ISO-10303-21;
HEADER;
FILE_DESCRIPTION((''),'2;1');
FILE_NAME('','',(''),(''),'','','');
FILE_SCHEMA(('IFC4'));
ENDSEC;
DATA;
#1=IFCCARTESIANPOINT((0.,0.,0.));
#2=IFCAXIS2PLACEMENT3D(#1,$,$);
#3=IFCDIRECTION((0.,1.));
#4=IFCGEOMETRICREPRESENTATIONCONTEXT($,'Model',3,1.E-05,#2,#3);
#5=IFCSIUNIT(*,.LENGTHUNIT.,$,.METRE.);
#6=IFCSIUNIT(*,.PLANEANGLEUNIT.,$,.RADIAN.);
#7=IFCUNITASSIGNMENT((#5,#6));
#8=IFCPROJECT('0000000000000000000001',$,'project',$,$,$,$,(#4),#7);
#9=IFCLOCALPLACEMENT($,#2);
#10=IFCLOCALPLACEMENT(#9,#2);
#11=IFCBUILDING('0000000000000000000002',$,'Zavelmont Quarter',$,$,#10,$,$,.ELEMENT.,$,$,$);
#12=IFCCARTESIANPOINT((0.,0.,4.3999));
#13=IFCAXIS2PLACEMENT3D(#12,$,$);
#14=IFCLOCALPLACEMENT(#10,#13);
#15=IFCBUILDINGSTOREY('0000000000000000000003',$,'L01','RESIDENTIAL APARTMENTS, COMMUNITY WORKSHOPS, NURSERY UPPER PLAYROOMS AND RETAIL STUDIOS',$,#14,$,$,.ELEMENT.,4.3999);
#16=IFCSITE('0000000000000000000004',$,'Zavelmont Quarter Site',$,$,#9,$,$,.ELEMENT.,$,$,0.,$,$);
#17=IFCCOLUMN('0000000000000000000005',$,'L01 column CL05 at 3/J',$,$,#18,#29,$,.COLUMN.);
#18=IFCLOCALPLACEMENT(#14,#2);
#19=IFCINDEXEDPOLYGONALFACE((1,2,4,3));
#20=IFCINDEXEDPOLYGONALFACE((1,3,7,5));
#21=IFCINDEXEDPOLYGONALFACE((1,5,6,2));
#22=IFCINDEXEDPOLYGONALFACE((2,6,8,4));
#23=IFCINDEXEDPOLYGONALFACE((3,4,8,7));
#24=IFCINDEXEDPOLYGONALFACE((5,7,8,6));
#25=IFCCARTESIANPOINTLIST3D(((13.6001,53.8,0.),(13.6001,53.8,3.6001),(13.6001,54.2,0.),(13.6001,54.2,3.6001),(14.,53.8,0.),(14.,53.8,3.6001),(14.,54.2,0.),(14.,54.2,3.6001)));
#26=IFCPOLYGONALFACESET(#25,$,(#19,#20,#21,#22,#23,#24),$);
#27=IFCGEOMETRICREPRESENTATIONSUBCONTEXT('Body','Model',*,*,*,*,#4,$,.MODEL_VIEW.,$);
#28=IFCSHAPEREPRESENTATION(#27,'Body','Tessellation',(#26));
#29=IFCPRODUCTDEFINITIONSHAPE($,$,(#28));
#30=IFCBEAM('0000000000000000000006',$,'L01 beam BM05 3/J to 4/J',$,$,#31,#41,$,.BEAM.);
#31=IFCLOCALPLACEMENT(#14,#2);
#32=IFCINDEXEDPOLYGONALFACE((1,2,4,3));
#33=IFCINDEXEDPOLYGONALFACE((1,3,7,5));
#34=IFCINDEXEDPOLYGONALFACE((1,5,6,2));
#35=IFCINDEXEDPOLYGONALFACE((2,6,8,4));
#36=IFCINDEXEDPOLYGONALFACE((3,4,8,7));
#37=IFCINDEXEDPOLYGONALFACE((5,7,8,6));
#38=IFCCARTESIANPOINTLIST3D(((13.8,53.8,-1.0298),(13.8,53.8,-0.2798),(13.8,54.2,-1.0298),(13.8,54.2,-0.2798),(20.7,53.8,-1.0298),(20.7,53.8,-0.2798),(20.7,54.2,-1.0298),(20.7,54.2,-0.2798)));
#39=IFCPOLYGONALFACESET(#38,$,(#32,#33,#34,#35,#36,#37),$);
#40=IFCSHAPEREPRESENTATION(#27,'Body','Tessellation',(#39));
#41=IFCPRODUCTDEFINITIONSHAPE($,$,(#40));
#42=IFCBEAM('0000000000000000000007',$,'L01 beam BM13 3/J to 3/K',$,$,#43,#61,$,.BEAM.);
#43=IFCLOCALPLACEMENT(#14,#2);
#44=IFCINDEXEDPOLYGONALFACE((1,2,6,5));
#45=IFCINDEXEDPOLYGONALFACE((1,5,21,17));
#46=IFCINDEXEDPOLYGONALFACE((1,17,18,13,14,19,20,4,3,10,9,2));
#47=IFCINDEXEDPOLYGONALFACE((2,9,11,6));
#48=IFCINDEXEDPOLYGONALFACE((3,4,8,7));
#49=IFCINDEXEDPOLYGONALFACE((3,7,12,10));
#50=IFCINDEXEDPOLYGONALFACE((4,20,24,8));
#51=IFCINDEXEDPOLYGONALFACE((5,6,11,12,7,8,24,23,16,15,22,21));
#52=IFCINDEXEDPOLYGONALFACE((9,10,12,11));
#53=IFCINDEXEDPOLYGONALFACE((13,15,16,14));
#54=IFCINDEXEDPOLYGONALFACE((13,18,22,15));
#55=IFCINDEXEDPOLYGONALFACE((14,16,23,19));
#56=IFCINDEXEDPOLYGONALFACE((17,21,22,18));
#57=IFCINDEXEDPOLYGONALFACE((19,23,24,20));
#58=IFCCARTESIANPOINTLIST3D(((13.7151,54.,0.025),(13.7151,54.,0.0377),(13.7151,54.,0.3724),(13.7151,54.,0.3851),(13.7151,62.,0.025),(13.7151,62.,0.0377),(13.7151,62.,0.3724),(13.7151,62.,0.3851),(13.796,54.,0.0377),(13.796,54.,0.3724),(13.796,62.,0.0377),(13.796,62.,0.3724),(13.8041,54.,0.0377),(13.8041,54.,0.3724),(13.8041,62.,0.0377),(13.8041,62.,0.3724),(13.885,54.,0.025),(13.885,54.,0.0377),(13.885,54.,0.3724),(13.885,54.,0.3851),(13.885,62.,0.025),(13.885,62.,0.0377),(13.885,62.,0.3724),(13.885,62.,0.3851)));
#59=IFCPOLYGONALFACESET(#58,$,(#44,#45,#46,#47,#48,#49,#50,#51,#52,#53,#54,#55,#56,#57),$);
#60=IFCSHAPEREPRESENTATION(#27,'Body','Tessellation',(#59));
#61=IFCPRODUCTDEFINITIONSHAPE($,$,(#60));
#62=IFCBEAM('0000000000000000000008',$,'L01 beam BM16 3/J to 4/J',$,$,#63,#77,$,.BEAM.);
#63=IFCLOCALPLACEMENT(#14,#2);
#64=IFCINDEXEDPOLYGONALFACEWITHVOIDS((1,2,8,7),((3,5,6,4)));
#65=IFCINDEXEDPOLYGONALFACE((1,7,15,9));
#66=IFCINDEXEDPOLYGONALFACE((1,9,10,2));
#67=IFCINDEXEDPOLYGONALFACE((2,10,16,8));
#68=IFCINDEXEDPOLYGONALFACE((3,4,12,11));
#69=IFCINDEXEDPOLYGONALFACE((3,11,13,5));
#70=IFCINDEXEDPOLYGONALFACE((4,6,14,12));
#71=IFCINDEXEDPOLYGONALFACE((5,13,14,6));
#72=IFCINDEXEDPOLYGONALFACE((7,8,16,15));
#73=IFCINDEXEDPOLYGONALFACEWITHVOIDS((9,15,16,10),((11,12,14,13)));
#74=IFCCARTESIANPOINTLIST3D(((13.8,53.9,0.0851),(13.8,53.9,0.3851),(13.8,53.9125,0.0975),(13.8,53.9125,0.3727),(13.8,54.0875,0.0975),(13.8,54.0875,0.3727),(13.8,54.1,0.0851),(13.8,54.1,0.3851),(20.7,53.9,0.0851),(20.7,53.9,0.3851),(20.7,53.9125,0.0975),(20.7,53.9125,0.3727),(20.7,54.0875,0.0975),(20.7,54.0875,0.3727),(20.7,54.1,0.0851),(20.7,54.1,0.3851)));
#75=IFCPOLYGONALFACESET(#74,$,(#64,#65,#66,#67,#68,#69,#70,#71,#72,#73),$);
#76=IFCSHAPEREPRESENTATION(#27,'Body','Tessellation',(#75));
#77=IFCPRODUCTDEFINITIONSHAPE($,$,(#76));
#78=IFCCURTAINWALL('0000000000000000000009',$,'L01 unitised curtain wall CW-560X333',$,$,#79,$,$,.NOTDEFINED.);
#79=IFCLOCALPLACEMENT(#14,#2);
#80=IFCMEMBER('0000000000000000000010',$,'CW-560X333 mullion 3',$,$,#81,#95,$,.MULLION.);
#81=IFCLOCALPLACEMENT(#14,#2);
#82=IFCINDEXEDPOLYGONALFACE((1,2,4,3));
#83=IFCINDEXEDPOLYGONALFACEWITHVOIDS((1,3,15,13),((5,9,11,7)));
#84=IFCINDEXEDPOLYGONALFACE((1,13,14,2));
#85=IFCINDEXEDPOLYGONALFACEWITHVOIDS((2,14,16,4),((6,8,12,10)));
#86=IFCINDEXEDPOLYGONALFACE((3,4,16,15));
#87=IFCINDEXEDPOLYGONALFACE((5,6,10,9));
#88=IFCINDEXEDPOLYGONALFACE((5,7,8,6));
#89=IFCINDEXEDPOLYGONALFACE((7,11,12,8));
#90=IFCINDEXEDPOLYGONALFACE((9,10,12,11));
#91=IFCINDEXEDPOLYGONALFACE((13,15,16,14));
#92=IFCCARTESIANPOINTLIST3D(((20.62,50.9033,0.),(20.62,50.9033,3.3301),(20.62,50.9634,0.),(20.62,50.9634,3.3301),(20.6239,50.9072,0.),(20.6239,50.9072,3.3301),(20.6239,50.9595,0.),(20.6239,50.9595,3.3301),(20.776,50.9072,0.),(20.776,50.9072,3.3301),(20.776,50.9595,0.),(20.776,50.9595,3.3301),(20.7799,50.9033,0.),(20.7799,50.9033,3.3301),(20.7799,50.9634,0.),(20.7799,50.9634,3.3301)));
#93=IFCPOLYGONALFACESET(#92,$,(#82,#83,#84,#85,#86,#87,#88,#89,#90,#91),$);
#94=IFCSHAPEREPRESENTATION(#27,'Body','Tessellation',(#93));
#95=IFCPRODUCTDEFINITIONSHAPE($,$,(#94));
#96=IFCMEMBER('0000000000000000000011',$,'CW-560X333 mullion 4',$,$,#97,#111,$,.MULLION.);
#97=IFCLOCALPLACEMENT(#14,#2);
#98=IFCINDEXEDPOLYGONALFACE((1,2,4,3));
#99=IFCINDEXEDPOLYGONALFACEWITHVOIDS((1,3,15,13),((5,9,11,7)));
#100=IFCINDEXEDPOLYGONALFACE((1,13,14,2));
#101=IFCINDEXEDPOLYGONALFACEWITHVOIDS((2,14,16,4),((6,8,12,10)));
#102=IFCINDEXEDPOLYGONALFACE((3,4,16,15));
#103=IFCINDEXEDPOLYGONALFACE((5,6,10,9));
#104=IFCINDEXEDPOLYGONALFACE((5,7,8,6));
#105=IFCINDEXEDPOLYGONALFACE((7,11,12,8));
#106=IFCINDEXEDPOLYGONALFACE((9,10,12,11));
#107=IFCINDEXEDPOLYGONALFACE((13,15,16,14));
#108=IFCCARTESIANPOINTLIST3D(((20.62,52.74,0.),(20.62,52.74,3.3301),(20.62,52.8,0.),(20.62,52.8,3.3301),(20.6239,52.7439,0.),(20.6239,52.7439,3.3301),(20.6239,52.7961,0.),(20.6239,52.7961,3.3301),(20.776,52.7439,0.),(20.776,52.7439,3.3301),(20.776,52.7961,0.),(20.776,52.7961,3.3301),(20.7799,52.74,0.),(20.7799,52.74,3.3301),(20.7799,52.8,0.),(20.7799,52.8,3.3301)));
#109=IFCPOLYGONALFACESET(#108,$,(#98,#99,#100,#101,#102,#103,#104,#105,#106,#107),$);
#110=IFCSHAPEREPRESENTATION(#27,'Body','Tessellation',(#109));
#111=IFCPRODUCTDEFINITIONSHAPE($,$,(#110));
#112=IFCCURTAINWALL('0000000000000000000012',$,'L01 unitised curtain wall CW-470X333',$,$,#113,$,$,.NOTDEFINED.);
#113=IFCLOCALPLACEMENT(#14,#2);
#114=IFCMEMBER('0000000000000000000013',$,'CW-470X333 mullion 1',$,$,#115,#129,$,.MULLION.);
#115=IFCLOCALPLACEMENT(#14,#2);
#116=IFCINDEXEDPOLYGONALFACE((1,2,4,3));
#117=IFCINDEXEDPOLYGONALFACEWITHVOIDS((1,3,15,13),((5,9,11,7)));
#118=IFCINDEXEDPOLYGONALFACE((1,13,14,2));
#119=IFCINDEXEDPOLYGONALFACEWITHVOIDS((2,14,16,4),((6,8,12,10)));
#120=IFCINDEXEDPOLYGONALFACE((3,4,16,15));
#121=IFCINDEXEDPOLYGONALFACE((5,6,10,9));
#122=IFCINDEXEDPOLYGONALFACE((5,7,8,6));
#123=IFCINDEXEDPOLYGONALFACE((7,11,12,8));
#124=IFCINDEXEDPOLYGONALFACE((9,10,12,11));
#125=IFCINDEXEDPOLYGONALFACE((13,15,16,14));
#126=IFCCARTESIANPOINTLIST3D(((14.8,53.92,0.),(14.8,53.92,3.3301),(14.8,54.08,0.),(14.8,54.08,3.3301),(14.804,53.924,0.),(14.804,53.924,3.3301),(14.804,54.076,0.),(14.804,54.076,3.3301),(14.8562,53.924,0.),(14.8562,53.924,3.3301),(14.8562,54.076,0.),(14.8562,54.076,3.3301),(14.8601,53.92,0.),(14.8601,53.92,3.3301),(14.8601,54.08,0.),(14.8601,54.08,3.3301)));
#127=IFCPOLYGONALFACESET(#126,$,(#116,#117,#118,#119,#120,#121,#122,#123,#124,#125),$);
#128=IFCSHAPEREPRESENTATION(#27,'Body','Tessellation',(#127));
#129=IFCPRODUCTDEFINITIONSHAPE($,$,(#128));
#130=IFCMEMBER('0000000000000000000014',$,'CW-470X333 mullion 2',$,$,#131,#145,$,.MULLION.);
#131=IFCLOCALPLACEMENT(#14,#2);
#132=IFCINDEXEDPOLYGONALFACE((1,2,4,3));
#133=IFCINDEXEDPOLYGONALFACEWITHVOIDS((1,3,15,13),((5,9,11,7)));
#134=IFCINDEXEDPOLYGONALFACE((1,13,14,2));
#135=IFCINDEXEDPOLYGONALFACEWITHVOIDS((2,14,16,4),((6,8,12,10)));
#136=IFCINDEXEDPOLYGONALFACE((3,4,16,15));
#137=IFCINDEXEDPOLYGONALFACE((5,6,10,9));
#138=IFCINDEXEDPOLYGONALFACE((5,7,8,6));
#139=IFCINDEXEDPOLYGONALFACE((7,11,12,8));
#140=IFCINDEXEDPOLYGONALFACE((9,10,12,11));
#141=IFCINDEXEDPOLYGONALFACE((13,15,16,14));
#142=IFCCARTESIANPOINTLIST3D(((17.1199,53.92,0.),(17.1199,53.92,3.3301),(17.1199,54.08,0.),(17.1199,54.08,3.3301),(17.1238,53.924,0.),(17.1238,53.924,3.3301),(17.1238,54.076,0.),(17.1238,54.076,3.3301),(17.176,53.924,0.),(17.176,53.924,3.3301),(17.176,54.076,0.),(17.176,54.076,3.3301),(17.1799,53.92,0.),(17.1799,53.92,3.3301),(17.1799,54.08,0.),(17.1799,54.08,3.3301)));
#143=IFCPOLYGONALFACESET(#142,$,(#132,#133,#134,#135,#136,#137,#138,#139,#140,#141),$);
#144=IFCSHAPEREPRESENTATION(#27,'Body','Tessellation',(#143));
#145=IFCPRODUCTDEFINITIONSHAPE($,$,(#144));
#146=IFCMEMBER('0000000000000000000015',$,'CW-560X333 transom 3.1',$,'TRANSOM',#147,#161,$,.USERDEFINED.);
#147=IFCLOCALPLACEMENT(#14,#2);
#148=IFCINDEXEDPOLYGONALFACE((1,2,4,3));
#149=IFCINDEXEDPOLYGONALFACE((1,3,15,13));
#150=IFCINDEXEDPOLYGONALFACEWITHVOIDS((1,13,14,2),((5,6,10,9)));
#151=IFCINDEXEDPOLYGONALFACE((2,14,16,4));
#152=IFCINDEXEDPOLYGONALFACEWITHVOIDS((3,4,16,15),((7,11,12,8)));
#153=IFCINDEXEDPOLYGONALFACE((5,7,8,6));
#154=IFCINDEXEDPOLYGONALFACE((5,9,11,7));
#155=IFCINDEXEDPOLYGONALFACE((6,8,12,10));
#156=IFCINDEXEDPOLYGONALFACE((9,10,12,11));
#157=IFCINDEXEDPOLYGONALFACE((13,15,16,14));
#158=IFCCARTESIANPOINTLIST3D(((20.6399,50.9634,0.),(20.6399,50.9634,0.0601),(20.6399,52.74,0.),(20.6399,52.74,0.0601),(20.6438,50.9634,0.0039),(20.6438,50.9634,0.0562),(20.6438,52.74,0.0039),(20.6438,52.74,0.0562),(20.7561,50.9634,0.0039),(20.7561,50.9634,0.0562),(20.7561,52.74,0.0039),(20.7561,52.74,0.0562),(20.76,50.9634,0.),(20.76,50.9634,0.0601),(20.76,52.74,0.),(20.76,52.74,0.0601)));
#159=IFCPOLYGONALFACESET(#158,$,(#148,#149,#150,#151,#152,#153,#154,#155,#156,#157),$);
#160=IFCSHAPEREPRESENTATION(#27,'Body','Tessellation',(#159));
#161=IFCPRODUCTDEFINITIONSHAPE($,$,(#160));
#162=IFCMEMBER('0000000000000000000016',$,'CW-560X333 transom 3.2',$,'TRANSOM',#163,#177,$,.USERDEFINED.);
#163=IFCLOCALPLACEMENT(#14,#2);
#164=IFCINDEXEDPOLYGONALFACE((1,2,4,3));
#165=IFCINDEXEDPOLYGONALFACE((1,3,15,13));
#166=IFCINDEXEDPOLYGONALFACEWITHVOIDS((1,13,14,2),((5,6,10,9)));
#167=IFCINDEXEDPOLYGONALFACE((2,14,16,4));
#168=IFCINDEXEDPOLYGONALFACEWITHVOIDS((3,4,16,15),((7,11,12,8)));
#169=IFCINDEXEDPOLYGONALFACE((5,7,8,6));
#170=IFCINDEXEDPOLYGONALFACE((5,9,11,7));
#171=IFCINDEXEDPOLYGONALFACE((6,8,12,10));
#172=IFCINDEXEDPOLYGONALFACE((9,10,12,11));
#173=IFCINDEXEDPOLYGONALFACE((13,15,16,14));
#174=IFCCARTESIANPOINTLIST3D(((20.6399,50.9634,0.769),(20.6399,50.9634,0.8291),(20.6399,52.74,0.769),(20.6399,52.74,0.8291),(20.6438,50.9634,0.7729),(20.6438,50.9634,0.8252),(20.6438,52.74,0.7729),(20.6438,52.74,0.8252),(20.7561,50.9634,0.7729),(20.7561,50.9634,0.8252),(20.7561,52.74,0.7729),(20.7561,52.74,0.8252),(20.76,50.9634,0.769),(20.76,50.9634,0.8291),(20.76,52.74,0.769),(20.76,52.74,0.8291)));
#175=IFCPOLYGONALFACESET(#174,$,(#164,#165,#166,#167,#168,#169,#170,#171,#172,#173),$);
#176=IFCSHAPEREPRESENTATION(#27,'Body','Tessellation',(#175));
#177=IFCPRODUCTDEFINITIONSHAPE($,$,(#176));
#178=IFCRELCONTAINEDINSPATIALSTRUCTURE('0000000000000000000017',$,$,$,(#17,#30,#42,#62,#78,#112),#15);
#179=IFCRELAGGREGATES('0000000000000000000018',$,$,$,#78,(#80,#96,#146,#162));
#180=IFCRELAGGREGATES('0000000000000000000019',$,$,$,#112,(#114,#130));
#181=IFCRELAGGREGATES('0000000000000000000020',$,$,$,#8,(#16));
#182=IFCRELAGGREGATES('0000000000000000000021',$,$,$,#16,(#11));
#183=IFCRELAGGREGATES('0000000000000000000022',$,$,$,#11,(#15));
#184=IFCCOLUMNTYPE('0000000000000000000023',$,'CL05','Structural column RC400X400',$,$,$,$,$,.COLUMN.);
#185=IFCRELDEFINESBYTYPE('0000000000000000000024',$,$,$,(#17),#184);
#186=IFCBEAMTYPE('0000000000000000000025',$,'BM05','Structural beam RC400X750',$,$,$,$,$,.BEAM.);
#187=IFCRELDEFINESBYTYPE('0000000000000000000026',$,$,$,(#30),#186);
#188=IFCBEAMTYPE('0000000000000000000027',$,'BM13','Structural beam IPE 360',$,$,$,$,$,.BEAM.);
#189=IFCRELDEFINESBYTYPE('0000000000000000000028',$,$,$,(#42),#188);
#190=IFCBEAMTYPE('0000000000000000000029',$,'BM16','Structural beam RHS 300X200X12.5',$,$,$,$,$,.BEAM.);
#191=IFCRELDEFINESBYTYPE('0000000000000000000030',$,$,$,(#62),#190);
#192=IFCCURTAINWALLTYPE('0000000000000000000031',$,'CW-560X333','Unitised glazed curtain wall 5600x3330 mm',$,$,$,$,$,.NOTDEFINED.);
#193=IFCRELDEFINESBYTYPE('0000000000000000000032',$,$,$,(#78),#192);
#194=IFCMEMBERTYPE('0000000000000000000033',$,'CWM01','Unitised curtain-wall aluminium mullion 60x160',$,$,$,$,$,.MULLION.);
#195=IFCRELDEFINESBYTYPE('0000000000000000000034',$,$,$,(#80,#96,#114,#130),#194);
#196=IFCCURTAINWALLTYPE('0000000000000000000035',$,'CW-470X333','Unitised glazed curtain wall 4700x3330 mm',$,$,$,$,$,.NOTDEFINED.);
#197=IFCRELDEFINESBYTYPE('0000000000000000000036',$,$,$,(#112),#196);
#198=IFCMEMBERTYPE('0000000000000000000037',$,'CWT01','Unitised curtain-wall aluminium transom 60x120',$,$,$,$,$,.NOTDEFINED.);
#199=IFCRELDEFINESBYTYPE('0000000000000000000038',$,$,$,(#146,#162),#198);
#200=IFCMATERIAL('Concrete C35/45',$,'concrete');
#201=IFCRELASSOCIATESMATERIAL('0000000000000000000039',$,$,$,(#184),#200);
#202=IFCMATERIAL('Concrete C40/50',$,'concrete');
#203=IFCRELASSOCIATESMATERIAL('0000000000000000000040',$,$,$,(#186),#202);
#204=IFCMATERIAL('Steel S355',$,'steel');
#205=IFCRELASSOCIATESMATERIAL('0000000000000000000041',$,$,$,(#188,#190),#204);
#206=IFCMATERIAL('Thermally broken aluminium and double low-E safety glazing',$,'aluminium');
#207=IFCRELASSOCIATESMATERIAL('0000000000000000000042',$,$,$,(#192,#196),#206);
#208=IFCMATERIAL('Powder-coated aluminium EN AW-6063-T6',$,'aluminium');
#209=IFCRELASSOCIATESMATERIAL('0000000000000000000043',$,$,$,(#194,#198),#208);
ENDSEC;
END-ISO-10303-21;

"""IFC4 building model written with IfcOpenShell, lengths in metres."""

from ifc_helpers import new_model, si_unit, direction, frame, origin, origin_2d, place, context, subcontext, project, spatial, rectangle, hollow_rectangle, i_section, extrude, material, material_profile, profile_set, type_object, element, aggregate, save


model = new_model("IFC4")

# Units and contexts
model_context = context("Model", 3, precision=1e-05, world=origin(), true_north=direction((0.0, 1.0)))
body_context = subcontext(model_context, "Body", "Model", "MODEL_VIEW")
ifc_project = project(units=[si_unit("LENGTHUNIT", "METRE"), si_unit("PLANEANGLEUNIT", "RADIAN")], contexts=[model_context])

# Site, building, storey
site_placement = place(None, origin())
site = spatial("IfcSite", under=ifc_project, at=site_placement, Name="Zavelmont Quarter Site", CompositionType="ELEMENT", RefElevation=0.0)
building_placement = place(site_placement, origin())
building = spatial("IfcBuilding", under=site, at=building_placement, Name="Zavelmont Quarter", CompositionType="ELEMENT")
storey_placement = place(building_placement, frame((0.0, 0.0, 4.3999)))
storey = spatial("IfcBuildingStorey", under=building, at=storey_placement, Name="L01", Description="RESIDENTIAL APARTMENTS, COMMUNITY WORKSHOPS, NURSERY UPPER PLAYROOMS AND RETAIL STUDIOS", CompositionType="ELEMENT", Elevation=4.3999)

# Column
ifc_material_1 = material(Name="Concrete C35/45", Category="concrete")
ifc_material_profile_1 = material_profile(ifc_material_1, rectangle(XDim=0.3999, YDim=0.3999, at=origin_2d()), Name="RC400X400")
ifc_profile_set_1 = profile_set([ifc_material_profile_1], Name="Concrete C35/45")
column_type = type_object("IfcColumnType", Name="CL05", Description="Structural column RC400X400", PredefinedType="COLUMN", material=ifc_profile_set_1)
column_placement = place(storey_placement, frame((13.8, 54.0, 0.0), z_axis=(0.0, 0.0, 1.0), x_axis=(1.0, 0.0, 0.0)))
element("IfcColumn", 1, at=column_placement, inside=storey, type_object=column_type, Name="L01 column CL05 at 3/J", PredefinedType="COLUMN", context=body_context, shape_type="SweptSolid", body=[
    extrude(rectangle(XDim=0.3999, YDim=0.3999, at=origin_2d()), origin(), (0.0, 0.0, 1.0), 3.6001),
])

# Beams
ifc_material_2 = material(Name="Concrete C40/50", Category="concrete")
ifc_material_profile_2 = material_profile(ifc_material_2, rectangle(XDim=0.3999, YDim=0.75, at=origin_2d()), Name="RC400X750")
ifc_profile_set_2 = profile_set([ifc_material_profile_2], Name="Concrete C40/50")
beam_type_1 = type_object("IfcBeamType", Name="BM05", Description="Structural beam RC400X750", PredefinedType="BEAM", material=ifc_profile_set_2)
beam_1_placement = place(storey_placement, frame((13.8, 54.0, -0.6548), z_axis=(1.0, 0.0, 0.0), x_axis=(0.0, 1.0, 0.0)))
element("IfcBeam", 2, at=beam_1_placement, inside=storey, type_object=beam_type_1, Name="L01 beam BM05 3/J to 4/J", PredefinedType="BEAM", context=body_context, shape_type="SweptSolid", body=[
    extrude(rectangle(XDim=0.3999, YDim=0.75, at=origin_2d()), origin(), (0.0, 0.0, 1.0), 6.8999),
])
ifc_material_3 = material(Name="Steel S355", Category="steel")
ifc_material_profile_3 = material_profile(ifc_material_3, i_section(OverallWidth=0.1699, OverallDepth=0.3601, WebThickness=0.0081, FlangeThickness=0.0127, at=origin_2d()), Name="IPE 360")
ifc_profile_set_3 = profile_set([ifc_material_profile_3], Name="Steel S355")
beam_type_2 = type_object("IfcBeamType", Name="BM13", Description="Structural beam IPE 360", PredefinedType="BEAM", material=ifc_profile_set_3)
beam_2_placement = place(storey_placement, frame((13.8, 54.0, 0.2051), z_axis=(0.0, 1.0, 0.0), x_axis=(-1.0, 0.0, 0.0)))
element("IfcBeam", 3, at=beam_2_placement, inside=storey, type_object=beam_type_2, Name="L01 beam BM13 3/J to 3/K", PredefinedType="BEAM", context=body_context, shape_type="SweptSolid", body=[
    extrude(i_section(OverallWidth=0.1699, OverallDepth=0.3601, WebThickness=0.0081, FlangeThickness=0.0127, at=origin_2d()), origin(), (0.0, 0.0, 1.0), 8.0),
])
ifc_material_profile_4 = material_profile(ifc_material_3, hollow_rectangle(XDim=0.2, YDim=0.3, WallThickness=0.0125, at=origin_2d()), Name="RHS 300X200X12.5")
ifc_profile_set_4 = profile_set([ifc_material_profile_4], Name="Steel S355")
beam_type_3 = type_object("IfcBeamType", Name="BM16", Description="Structural beam RHS 300X200X12.5", PredefinedType="BEAM", material=ifc_profile_set_4)
beam_3_placement = place(storey_placement, frame((13.8, 54.0, 0.2351), z_axis=(1.0, 0.0, 0.0), x_axis=(0.0, 1.0, 0.0)))
element("IfcBeam", 4, at=beam_3_placement, inside=storey, type_object=beam_type_3, Name="L01 beam BM16 3/J to 4/J", PredefinedType="BEAM", context=body_context, shape_type="SweptSolid", body=[
    extrude(hollow_rectangle(XDim=0.2, YDim=0.3, WallThickness=0.0125, at=origin_2d()), origin(), (0.0, 0.0, 1.0), 6.8999),
])

# Curtain walls, members
ifc_material_4 = material(Name="Thermally broken aluminium and double low-E safety glazing", Category="aluminium")
curtain_wall_type_1 = type_object("IfcCurtainWallType", Name="CW-560X333", Description="Unitised glazed curtain wall 5600x3330 mm", PredefinedType="NOTDEFINED", material=ifc_material_4)
curtain_wall_1_placement = place(storey_placement, origin())
curtain_wall_1 = element("IfcCurtainWall", 5, at=curtain_wall_1_placement, inside=storey, type_object=curtain_wall_type_1, Name="L01 unitised curtain wall CW-560X333", PredefinedType="NOTDEFINED")
ifc_material_5 = material(Name="Powder-coated aluminium EN AW-6063-T6", Category="aluminium")
ifc_material_profile_5 = material_profile(ifc_material_5, hollow_rectangle(XDim=0.0601, YDim=0.1599, WallThickness=0.0039, at=origin_2d()), Name="CWM60X160")
ifc_profile_set_5 = profile_set([ifc_material_profile_5], Name="Powder-coated aluminium EN AW-6063-T6")
member_type_1 = type_object("IfcMemberType", Name="CWM01", Description="Unitised curtain-wall aluminium mullion 60x160", PredefinedType="MULLION", material=ifc_profile_set_5)
member_1_placement = place(storey_placement, frame((20.7, 50.9333, 0.0), z_axis=(0.0, 0.0, 1.0), x_axis=(0.0, 1.0, 0.0)))
member_1 = element("IfcMember", 6, at=member_1_placement, type_object=member_type_1, Name="CW-560X333 mullion 3", PredefinedType="MULLION", context=body_context, shape_type="SweptSolid", body=[
    extrude(hollow_rectangle(XDim=0.0601, YDim=0.1599, WallThickness=0.0039, at=origin_2d()), origin(), (0.0, 0.0, 1.0), 3.3301),
])
member_2_placement = place(storey_placement, frame((20.7, 52.77, 0.0), z_axis=(0.0, 0.0, 1.0), x_axis=(0.0, 1.0, 0.0)))
member_2 = element("IfcMember", 7, at=member_2_placement, type_object=member_type_1, Name="CW-560X333 mullion 4", PredefinedType="MULLION", context=body_context, shape_type="SweptSolid", body=[
    extrude(hollow_rectangle(XDim=0.0601, YDim=0.1599, WallThickness=0.0039, at=origin_2d()), origin(), (0.0, 0.0, 1.0), 3.3301),
])
curtain_wall_type_2 = type_object("IfcCurtainWallType", Name="CW-470X333", Description="Unitised glazed curtain wall 4700x3330 mm", PredefinedType="NOTDEFINED", material=ifc_material_4)
curtain_wall_2_placement = place(storey_placement, origin())
curtain_wall_2 = element("IfcCurtainWall", 8, at=curtain_wall_2_placement, inside=storey, type_object=curtain_wall_type_2, Name="L01 unitised curtain wall CW-470X333", PredefinedType="NOTDEFINED")
member_3_placement = place(storey_placement, frame((14.8301, 54.0, 0.0), z_axis=(0.0, 0.0, 1.0), x_axis=(1.0, 0.0, 0.0)))
member_3 = element("IfcMember", 9, at=member_3_placement, type_object=member_type_1, Name="CW-470X333 mullion 1", PredefinedType="MULLION", context=body_context, shape_type="SweptSolid", body=[
    extrude(hollow_rectangle(XDim=0.0601, YDim=0.1599, WallThickness=0.0039, at=origin_2d()), origin(), (0.0, 0.0, 1.0), 3.3301),
])
member_4_placement = place(storey_placement, frame((17.1499, 54.0, 0.0), z_axis=(0.0, 0.0, 1.0), x_axis=(1.0, 0.0, 0.0)))
member_4 = element("IfcMember", 10, at=member_4_placement, type_object=member_type_1, Name="CW-470X333 mullion 2", PredefinedType="MULLION", context=body_context, shape_type="SweptSolid", body=[
    extrude(hollow_rectangle(XDim=0.0601, YDim=0.1599, WallThickness=0.0039, at=origin_2d()), origin(), (0.0, 0.0, 1.0), 3.3301),
])

# Members
ifc_material_profile_6 = material_profile(ifc_material_5, hollow_rectangle(XDim=0.1201, YDim=0.0601, WallThickness=0.0039, at=origin_2d()), Name="CWT60X120")
ifc_profile_set_6 = profile_set([ifc_material_profile_6], Name="Powder-coated aluminium EN AW-6063-T6")
member_type_2 = type_object("IfcMemberType", Name="CWT01", Description="Unitised curtain-wall aluminium transom 60x120", PredefinedType="NOTDEFINED", material=ifc_profile_set_6)
member_5_placement = place(storey_placement, frame((20.7, 50.9634, 0.03), z_axis=(0.0, 1.0, 0.0), x_axis=(-1.0, 0.0, 0.0)))
member_5 = element("IfcMember", 11, at=member_5_placement, type_object=member_type_2, Name="CW-560X333 transom 3.1", ObjectType="TRANSOM", PredefinedType="USERDEFINED", context=body_context, shape_type="SweptSolid", body=[
    extrude(hollow_rectangle(XDim=0.1201, YDim=0.0601, WallThickness=0.0039, at=origin_2d()), origin(), (0.0, 0.0, 1.0), 1.7766),
])
member_6_placement = place(storey_placement, frame((20.7, 50.9634, 0.7991), z_axis=(0.0, 1.0, 0.0), x_axis=(-1.0, 0.0, 0.0)))
member_6 = element("IfcMember", 12, at=member_6_placement, type_object=member_type_2, Name="CW-560X333 transom 3.2", ObjectType="TRANSOM", PredefinedType="USERDEFINED", context=body_context, shape_type="SweptSolid", body=[
    extrude(hollow_rectangle(XDim=0.1201, YDim=0.0601, WallThickness=0.0039, at=origin_2d()), origin(), (0.0, 0.0, 1.0), 1.7766),
])

aggregate(curtain_wall_1, [member_1, member_2, member_5, member_6])
aggregate(curtain_wall_2, [member_3, member_4])

save(model, "model.ifc")
